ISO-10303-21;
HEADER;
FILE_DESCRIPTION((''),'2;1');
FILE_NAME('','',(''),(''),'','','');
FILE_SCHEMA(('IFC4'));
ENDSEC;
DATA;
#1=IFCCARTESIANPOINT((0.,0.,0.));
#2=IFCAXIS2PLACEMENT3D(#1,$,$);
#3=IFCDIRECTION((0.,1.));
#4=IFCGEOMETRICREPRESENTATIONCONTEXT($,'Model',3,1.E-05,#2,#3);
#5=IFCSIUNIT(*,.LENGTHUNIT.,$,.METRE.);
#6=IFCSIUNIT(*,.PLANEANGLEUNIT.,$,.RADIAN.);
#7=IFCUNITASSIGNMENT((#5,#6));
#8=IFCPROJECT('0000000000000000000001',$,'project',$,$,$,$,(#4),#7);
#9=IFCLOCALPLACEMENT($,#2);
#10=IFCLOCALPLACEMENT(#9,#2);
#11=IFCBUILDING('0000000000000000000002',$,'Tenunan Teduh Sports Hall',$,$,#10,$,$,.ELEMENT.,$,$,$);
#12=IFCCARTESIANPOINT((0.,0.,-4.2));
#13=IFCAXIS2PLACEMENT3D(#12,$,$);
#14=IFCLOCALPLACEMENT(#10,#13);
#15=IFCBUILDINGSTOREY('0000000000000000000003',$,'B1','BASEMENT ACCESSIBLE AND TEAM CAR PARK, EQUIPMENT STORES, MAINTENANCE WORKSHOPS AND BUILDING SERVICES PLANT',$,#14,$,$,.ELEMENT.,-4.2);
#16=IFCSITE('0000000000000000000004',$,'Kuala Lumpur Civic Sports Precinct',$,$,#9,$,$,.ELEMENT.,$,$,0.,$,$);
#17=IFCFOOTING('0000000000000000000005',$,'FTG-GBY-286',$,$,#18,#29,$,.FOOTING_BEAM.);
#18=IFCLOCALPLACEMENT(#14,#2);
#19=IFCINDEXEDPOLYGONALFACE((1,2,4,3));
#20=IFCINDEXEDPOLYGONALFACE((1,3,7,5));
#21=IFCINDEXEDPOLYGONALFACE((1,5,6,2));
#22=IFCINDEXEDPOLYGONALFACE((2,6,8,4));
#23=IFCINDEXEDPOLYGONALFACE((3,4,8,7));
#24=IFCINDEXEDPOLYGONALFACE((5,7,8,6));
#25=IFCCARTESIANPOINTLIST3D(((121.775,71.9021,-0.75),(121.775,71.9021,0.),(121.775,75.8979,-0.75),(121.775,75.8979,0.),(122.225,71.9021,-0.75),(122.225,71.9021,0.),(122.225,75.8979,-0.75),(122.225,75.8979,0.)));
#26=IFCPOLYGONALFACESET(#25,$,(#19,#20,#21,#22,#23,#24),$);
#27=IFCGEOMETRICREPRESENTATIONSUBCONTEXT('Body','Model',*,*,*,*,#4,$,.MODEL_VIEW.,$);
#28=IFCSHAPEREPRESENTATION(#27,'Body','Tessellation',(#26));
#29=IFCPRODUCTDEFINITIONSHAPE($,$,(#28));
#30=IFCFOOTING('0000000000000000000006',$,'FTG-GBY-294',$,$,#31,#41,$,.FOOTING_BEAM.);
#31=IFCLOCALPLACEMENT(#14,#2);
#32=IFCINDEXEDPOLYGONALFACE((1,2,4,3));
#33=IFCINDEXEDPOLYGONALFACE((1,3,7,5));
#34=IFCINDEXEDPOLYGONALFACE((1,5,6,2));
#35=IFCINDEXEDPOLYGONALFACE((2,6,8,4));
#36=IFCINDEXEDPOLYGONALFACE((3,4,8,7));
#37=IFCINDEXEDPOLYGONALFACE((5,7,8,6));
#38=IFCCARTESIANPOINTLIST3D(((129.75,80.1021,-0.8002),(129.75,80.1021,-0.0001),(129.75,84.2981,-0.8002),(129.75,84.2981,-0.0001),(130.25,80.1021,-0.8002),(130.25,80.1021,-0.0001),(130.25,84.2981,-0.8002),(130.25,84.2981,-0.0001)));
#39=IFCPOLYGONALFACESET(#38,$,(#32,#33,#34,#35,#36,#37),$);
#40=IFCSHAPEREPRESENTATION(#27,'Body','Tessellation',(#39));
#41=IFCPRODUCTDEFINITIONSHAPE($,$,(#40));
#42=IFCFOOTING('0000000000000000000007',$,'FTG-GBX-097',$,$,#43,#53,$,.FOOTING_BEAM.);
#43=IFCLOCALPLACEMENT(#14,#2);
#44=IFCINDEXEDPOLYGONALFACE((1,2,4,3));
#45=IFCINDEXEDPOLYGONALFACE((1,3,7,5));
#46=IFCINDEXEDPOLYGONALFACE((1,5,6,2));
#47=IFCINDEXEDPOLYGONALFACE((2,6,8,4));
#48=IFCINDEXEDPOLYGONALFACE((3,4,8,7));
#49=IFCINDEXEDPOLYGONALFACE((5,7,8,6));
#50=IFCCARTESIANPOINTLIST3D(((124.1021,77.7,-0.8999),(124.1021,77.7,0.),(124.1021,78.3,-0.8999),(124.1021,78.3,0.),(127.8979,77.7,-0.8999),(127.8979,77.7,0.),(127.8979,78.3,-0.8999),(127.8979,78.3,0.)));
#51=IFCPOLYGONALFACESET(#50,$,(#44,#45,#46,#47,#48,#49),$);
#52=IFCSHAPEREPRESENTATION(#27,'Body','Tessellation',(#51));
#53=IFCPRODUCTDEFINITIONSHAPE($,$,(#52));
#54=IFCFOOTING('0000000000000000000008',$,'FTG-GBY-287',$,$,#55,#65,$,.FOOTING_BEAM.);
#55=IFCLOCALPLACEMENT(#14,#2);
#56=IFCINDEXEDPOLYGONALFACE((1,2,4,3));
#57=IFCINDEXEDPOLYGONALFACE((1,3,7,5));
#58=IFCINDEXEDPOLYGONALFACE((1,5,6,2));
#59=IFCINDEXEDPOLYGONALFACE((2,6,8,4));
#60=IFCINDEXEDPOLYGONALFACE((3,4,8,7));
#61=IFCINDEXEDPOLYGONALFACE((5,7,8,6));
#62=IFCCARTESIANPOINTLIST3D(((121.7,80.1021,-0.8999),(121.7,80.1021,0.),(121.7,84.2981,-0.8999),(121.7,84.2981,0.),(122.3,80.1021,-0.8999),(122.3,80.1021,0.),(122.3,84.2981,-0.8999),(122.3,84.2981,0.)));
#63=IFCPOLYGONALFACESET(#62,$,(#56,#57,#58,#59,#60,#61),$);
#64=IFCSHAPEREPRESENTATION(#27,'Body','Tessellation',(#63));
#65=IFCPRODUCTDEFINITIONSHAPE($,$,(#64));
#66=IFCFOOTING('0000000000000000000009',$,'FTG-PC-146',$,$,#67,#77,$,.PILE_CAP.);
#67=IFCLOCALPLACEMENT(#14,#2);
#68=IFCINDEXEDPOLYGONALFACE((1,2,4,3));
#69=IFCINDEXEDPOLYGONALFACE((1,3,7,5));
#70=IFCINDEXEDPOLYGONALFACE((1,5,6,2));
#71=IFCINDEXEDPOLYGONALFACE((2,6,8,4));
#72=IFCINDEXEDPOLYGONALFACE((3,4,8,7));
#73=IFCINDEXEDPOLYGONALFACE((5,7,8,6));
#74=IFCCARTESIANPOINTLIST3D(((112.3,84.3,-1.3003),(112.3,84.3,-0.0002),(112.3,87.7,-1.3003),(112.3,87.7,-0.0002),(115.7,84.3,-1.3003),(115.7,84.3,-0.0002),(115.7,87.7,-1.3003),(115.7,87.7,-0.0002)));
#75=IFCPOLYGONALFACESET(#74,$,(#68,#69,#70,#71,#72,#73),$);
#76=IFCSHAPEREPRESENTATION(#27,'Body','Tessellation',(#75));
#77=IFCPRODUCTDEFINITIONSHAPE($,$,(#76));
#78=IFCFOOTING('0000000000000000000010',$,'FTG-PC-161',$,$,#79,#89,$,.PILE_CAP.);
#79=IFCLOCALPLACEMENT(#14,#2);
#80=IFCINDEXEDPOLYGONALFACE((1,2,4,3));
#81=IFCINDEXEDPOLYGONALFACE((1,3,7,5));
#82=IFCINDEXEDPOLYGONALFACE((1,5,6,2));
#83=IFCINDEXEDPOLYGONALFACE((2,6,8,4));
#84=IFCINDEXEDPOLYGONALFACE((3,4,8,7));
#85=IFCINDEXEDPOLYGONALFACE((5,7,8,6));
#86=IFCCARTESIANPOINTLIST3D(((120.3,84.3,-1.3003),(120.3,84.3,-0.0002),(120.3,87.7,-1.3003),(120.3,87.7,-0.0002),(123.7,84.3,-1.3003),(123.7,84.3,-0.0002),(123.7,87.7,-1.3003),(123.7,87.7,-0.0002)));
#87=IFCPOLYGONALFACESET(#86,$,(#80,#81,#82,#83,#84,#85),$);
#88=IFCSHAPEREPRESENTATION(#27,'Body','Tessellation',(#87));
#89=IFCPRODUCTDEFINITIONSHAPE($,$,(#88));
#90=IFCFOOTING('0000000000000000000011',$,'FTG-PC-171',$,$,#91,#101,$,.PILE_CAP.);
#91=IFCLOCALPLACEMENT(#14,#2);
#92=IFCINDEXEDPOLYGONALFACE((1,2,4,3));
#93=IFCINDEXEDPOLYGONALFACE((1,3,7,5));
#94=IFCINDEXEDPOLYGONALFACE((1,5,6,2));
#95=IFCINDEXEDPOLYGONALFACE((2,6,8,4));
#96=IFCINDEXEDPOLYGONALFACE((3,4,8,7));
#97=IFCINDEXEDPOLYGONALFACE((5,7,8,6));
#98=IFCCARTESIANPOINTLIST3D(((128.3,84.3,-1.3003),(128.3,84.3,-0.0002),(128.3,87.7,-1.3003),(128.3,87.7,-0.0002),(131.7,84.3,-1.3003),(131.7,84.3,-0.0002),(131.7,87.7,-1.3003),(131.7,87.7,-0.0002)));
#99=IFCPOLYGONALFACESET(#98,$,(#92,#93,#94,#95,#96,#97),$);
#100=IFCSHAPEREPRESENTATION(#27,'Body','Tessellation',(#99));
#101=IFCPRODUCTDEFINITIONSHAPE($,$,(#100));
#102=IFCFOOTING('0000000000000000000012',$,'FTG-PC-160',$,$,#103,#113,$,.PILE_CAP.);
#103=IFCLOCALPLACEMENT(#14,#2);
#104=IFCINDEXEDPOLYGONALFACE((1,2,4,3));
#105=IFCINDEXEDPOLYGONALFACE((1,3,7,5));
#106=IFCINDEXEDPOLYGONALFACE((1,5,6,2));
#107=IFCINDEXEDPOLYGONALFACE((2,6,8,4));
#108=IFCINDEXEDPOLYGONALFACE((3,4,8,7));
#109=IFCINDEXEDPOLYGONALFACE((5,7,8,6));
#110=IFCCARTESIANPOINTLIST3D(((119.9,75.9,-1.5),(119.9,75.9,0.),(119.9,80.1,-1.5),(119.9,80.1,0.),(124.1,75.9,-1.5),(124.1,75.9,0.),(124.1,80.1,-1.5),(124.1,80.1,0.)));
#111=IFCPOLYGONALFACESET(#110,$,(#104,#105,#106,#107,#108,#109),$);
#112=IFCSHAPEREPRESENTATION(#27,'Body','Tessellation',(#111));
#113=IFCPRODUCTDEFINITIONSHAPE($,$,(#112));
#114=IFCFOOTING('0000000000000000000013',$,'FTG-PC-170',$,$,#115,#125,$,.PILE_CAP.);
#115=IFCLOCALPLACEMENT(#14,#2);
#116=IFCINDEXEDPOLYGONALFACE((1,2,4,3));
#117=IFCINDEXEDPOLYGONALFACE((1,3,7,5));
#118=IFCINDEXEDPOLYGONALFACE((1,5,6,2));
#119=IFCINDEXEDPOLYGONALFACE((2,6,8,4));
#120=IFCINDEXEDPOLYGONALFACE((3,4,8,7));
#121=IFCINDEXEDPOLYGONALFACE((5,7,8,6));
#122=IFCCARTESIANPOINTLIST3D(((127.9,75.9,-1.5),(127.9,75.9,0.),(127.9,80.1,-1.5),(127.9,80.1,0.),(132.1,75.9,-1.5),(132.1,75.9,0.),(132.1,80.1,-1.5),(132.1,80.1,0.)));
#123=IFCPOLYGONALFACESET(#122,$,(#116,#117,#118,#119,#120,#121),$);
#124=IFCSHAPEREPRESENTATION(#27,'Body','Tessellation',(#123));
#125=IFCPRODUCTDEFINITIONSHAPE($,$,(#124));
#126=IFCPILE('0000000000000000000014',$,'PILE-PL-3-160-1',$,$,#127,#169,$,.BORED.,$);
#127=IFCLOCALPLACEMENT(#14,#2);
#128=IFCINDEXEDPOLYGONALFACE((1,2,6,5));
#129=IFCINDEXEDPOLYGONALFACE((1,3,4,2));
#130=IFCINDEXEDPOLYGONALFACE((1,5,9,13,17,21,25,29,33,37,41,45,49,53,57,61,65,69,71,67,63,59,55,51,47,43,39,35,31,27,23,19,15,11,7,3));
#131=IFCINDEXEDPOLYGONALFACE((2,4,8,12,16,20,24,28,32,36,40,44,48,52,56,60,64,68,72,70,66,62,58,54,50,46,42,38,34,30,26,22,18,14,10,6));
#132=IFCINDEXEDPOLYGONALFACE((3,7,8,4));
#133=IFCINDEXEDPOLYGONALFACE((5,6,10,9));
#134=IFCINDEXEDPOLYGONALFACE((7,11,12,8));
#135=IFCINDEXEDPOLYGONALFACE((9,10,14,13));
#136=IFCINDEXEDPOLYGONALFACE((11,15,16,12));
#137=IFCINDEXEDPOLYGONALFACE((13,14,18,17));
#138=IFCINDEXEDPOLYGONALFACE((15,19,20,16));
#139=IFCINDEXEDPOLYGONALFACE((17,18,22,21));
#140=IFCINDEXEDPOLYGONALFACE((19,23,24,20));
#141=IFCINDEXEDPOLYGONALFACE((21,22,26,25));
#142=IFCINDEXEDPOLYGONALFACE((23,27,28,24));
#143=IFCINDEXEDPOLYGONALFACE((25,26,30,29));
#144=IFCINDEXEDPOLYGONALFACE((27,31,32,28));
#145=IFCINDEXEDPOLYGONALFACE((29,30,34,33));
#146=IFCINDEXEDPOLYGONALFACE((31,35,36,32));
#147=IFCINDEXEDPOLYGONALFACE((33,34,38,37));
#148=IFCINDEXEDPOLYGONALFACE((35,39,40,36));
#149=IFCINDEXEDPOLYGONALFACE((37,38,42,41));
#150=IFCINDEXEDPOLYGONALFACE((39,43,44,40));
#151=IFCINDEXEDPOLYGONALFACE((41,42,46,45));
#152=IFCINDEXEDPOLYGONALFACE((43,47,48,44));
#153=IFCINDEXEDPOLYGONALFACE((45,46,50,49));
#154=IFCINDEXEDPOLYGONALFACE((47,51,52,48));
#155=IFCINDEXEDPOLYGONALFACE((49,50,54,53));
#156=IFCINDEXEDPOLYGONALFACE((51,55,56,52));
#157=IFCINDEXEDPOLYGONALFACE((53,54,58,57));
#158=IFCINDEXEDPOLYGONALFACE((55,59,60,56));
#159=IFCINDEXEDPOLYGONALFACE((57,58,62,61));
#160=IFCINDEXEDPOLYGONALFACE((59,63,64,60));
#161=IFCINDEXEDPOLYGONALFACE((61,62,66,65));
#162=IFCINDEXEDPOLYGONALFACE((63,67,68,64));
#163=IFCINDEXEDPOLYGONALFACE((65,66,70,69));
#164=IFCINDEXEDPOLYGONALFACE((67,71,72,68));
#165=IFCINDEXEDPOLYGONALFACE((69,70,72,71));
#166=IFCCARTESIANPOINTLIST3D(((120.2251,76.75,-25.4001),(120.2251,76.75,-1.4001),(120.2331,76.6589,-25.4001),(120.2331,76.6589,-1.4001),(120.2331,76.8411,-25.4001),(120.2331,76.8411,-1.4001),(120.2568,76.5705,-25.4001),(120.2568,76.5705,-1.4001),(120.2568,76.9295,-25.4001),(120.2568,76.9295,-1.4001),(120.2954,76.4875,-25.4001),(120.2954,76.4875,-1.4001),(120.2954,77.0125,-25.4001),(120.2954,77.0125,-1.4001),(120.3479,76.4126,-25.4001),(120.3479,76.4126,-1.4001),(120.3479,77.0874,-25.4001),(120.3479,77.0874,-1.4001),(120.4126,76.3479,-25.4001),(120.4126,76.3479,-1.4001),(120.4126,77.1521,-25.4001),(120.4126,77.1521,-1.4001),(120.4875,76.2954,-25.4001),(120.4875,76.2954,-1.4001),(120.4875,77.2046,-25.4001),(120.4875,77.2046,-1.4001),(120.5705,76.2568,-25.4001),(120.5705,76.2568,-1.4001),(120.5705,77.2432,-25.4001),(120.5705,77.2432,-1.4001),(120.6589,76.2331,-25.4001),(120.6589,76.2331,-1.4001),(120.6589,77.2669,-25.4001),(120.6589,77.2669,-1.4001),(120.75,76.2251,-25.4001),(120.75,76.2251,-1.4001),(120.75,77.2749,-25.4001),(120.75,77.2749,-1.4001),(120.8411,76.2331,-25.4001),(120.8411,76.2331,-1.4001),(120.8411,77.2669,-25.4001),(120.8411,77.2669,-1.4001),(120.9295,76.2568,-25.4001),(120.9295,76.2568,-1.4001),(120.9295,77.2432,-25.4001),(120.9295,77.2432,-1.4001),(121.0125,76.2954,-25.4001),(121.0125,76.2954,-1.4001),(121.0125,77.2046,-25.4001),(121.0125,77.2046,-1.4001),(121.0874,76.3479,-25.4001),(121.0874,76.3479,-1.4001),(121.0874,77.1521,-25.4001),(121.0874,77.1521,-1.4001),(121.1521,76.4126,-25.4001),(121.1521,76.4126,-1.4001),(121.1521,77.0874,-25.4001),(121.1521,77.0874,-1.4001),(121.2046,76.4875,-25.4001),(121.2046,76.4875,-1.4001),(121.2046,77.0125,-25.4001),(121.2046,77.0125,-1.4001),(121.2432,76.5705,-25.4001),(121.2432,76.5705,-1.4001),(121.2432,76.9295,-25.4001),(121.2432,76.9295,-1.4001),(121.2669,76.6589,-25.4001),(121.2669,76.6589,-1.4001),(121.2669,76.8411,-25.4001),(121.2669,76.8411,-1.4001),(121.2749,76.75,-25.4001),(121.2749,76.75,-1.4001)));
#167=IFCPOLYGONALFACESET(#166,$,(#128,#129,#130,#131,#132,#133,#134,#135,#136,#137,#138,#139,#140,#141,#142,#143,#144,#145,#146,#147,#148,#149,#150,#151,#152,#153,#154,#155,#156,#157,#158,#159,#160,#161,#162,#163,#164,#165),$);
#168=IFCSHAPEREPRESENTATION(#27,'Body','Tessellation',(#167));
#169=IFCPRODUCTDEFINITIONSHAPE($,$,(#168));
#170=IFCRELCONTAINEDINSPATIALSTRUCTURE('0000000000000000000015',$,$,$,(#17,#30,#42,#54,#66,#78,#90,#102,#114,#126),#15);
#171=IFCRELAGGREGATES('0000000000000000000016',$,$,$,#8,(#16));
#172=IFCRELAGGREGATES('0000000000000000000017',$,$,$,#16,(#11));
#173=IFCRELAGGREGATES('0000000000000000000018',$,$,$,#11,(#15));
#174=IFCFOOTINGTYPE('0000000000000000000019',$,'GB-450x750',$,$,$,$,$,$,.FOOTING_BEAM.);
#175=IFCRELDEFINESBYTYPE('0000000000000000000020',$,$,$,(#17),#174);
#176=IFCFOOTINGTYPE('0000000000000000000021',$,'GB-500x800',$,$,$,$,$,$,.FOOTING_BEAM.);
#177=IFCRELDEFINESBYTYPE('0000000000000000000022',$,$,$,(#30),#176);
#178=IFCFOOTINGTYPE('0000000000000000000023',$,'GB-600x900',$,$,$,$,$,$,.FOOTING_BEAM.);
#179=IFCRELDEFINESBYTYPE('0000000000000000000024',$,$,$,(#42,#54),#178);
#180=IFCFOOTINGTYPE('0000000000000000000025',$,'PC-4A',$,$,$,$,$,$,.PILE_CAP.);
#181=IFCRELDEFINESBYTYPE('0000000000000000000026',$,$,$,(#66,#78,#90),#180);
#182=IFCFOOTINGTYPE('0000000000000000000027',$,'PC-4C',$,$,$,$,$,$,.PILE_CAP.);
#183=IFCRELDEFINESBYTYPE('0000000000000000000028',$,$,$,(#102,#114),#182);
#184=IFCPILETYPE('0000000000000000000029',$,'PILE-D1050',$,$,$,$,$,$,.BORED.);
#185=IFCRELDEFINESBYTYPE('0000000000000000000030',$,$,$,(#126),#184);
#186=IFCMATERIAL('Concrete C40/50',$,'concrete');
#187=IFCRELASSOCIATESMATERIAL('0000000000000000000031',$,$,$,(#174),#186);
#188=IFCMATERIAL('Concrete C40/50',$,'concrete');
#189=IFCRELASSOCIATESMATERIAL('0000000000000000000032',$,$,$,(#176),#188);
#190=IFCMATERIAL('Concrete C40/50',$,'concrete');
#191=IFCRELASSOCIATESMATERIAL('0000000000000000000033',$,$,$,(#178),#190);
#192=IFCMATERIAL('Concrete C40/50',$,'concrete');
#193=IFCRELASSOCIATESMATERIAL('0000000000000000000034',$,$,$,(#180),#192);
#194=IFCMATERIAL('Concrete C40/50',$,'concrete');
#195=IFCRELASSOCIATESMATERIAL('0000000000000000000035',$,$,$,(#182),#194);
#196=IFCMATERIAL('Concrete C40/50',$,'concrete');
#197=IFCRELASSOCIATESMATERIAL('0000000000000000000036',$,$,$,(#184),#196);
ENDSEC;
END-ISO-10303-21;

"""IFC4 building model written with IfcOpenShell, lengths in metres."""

from ifc_helpers import new_model, si_unit, direction, frame, origin, origin_2d, place, context, subcontext, project, spatial, rectangle, circle, extrude, material, material_profile, profile_set, type_object, element, save


model = new_model("IFC4")

# Units and contexts
model_context = context("Model", 3, precision=1e-05, world=origin(), true_north=direction((0.0, 1.0)))
body_context = subcontext(model_context, "Body", "Model", "MODEL_VIEW")
ifc_project = project(units=[si_unit("LENGTHUNIT", "METRE"), si_unit("PLANEANGLEUNIT", "RADIAN")], contexts=[model_context])

# Site, building, storey
site_placement = place(None, origin())
site = spatial("IfcSite", under=ifc_project, at=site_placement, Name="Kuala Lumpur Civic Sports Precinct", CompositionType="ELEMENT", RefElevation=0.0)
building_placement = place(site_placement, origin())
building = spatial("IfcBuilding", under=site, at=building_placement, Name="Tenunan Teduh Sports Hall", CompositionType="ELEMENT")
storey_placement = place(building_placement, frame((0.0, 0.0, -4.2)))
storey = spatial("IfcBuildingStorey", under=building, at=storey_placement, Name="B1", Description="BASEMENT ACCESSIBLE AND TEAM CAR PARK, EQUIPMENT STORES, MAINTENANCE WORKSHOPS AND BUILDING SERVICES PLANT", CompositionType="ELEMENT", Elevation=-4.2)

# Footings
ifc_material_1 = material(Name="Concrete C40/50", Category="concrete")
ifc_material_profile_1 = material_profile(ifc_material_1, rectangle(XDim=0.45, YDim=0.75, at=origin_2d()), Name="RCB 450x750")
ifc_profile_set_1 = profile_set([ifc_material_profile_1], Name="Concrete C40/50")
footing_type_1 = type_object("IfcFootingType", Name="GB-450x750", PredefinedType="FOOTING_BEAM", material=ifc_profile_set_1)
footing_1_placement = place(storey_placement, frame((122.0, 71.9021, -0.375), z_axis=(0.0, 1.0, 0.0), x_axis=(-1.0, 0.0, 0.0)))
element("IfcFooting", 1, at=footing_1_placement, inside=storey, type_object=footing_type_1, Name="FTG-GBY-286", PredefinedType="FOOTING_BEAM", context=body_context, shape_type="SweptSolid", body=[
    extrude(rectangle(XDim=0.45, YDim=0.75, at=origin_2d()), origin(), (0.0, 0.0, 1.0), 3.9958),
])
ifc_material_2 = material(Name="Concrete C40/50", Category="concrete")
ifc_material_profile_2 = material_profile(ifc_material_2, rectangle(XDim=0.5, YDim=0.8, at=origin_2d()), Name="RCB 500x800")
ifc_profile_set_2 = profile_set([ifc_material_profile_2], Name="Concrete C40/50")
footing_type_2 = type_object("IfcFootingType", Name="GB-500x800", PredefinedType="FOOTING_BEAM", material=ifc_profile_set_2)
footing_2_placement = place(storey_placement, frame((130.0, 80.1021, -0.4001), z_axis=(0.0, 1.0, 0.0), x_axis=(-1.0, 0.0, 0.0)))
element("IfcFooting", 2, at=footing_2_placement, inside=storey, type_object=footing_type_2, Name="FTG-GBY-294", PredefinedType="FOOTING_BEAM", context=body_context, shape_type="SweptSolid", body=[
    extrude(rectangle(XDim=0.5, YDim=0.8, at=origin_2d()), origin(), (0.0, 0.0, 1.0), 4.196),
])
ifc_material_3 = material(Name="Concrete C40/50", Category="concrete")
ifc_material_profile_3 = material_profile(ifc_material_3, rectangle(XDim=0.6001, YDim=0.8999, at=origin_2d()), Name="RCB 600x900")
ifc_profile_set_3 = profile_set([ifc_material_profile_3], Name="Concrete C40/50")
footing_type_3 = type_object("IfcFootingType", Name="GB-600x900", PredefinedType="FOOTING_BEAM", material=ifc_profile_set_3)
footing_3_placement = place(storey_placement, frame((124.1021, 78.0, -0.45), z_axis=(1.0, 0.0, 0.0), x_axis=(0.0, 1.0, 0.0)))
element("IfcFooting", 3, at=footing_3_placement, inside=storey, type_object=footing_type_3, Name="FTG-GBX-097", PredefinedType="FOOTING_BEAM", context=body_context, shape_type="SweptSolid", body=[
    extrude(rectangle(XDim=0.6001, YDim=0.8999, at=origin_2d()), origin(), (0.0, 0.0, 1.0), 3.7959),
])
footing_4_placement = place(storey_placement, frame((122.0, 80.1021, -0.45), z_axis=(0.0, 1.0, 0.0), x_axis=(-1.0, 0.0, 0.0)))
element("IfcFooting", 4, at=footing_4_placement, inside=storey, type_object=footing_type_3, Name="FTG-GBY-287", PredefinedType="FOOTING_BEAM", context=body_context, shape_type="SweptSolid", body=[
    extrude(rectangle(XDim=0.6001, YDim=0.8999, at=origin_2d()), origin(), (0.0, 0.0, 1.0), 4.196),
])
ifc_material_4 = material(Name="Concrete C40/50", Category="concrete")
footing_type_4 = type_object("IfcFootingType", Name="PC-4A", PredefinedType="PILE_CAP", material=ifc_material_4)
for number, where, z_axis, x_axis, name in (
    (5, (114.0, 86.0, -1.3003), (0.0, 0.0, 1.0), (1.0, 0.0, 0.0), "FTG-PC-146"),
    (6, (122.0, 86.0, -1.3003), (0.0, 0.0, 1.0), (1.0, 0.0, 0.0), "FTG-PC-161"),
    (7, (130.0, 86.0, -1.3003), (0.0, 0.0, 1.0), (1.0, 0.0, 0.0), "FTG-PC-171"),
):
    element("IfcFooting", number, at=place(storey_placement, frame(where, z_axis=z_axis, x_axis=x_axis)), inside=storey, type_object=footing_type_4, Name=name, PredefinedType="PILE_CAP", context=body_context, shape_type="SweptSolid", body=[
        extrude(rectangle(XDim=3.3999, YDim=3.3999, at=origin_2d()), origin(), (0.0, 0.0, 1.0), 1.3),
    ])
ifc_material_5 = material(Name="Concrete C40/50", Category="concrete")
footing_type_5 = type_object("IfcFootingType", Name="PC-4C", PredefinedType="PILE_CAP", material=ifc_material_5)
for number, where, z_axis, x_axis, name in (
    (8, (122.0, 78.0, -1.5), (0.0, 0.0, 1.0), (1.0, 0.0, 0.0), "FTG-PC-160"),
    (9, (130.0, 78.0, -1.5), (0.0, 0.0, 1.0), (1.0, 0.0, 0.0), "FTG-PC-170"),
):
    element("IfcFooting", number, at=place(storey_placement, frame(where, z_axis=z_axis, x_axis=x_axis)), inside=storey, type_object=footing_type_5, Name=name, PredefinedType="PILE_CAP", context=body_context, shape_type="SweptSolid", body=[
        extrude(rectangle(XDim=4.2, YDim=4.2, at=origin_2d()), origin(), (0.0, 0.0, 1.0), 1.5),
    ])

# Pile
ifc_material_6 = material(Name="Concrete C40/50", Category="concrete")
ifc_material_profile_4 = material_profile(ifc_material_6, circle(Radius=0.5249, at=origin_2d()), Name="PILE D1050")
ifc_profile_set_4 = profile_set([ifc_material_profile_4], Name="Concrete C40/50")
pile_type_1 = type_object("IfcPileType", Name="PILE-D1050", PredefinedType="BORED", material=ifc_profile_set_4)
for number, where, z_axis, x_axis, name in (
    (10, (120.75, 76.75, -1.4001), (0.0, 0.0, -1.0), (1.0, 0.0, 0.0), "PILE-PL-3-160-1"),
):
    element("IfcPile", number, at=place(storey_placement, frame(where, z_axis=z_axis, x_axis=x_axis)), inside=storey, type_object=pile_type_1, Name=name, PredefinedType="BORED", context=body_context, shape_type="SweptSolid", body=[
        extrude(circle(Radius=0.5249, at=origin_2d()), origin(), (0.0, 0.0, 1.0), 24.0),
    ])

save(model, "model.ifc")
